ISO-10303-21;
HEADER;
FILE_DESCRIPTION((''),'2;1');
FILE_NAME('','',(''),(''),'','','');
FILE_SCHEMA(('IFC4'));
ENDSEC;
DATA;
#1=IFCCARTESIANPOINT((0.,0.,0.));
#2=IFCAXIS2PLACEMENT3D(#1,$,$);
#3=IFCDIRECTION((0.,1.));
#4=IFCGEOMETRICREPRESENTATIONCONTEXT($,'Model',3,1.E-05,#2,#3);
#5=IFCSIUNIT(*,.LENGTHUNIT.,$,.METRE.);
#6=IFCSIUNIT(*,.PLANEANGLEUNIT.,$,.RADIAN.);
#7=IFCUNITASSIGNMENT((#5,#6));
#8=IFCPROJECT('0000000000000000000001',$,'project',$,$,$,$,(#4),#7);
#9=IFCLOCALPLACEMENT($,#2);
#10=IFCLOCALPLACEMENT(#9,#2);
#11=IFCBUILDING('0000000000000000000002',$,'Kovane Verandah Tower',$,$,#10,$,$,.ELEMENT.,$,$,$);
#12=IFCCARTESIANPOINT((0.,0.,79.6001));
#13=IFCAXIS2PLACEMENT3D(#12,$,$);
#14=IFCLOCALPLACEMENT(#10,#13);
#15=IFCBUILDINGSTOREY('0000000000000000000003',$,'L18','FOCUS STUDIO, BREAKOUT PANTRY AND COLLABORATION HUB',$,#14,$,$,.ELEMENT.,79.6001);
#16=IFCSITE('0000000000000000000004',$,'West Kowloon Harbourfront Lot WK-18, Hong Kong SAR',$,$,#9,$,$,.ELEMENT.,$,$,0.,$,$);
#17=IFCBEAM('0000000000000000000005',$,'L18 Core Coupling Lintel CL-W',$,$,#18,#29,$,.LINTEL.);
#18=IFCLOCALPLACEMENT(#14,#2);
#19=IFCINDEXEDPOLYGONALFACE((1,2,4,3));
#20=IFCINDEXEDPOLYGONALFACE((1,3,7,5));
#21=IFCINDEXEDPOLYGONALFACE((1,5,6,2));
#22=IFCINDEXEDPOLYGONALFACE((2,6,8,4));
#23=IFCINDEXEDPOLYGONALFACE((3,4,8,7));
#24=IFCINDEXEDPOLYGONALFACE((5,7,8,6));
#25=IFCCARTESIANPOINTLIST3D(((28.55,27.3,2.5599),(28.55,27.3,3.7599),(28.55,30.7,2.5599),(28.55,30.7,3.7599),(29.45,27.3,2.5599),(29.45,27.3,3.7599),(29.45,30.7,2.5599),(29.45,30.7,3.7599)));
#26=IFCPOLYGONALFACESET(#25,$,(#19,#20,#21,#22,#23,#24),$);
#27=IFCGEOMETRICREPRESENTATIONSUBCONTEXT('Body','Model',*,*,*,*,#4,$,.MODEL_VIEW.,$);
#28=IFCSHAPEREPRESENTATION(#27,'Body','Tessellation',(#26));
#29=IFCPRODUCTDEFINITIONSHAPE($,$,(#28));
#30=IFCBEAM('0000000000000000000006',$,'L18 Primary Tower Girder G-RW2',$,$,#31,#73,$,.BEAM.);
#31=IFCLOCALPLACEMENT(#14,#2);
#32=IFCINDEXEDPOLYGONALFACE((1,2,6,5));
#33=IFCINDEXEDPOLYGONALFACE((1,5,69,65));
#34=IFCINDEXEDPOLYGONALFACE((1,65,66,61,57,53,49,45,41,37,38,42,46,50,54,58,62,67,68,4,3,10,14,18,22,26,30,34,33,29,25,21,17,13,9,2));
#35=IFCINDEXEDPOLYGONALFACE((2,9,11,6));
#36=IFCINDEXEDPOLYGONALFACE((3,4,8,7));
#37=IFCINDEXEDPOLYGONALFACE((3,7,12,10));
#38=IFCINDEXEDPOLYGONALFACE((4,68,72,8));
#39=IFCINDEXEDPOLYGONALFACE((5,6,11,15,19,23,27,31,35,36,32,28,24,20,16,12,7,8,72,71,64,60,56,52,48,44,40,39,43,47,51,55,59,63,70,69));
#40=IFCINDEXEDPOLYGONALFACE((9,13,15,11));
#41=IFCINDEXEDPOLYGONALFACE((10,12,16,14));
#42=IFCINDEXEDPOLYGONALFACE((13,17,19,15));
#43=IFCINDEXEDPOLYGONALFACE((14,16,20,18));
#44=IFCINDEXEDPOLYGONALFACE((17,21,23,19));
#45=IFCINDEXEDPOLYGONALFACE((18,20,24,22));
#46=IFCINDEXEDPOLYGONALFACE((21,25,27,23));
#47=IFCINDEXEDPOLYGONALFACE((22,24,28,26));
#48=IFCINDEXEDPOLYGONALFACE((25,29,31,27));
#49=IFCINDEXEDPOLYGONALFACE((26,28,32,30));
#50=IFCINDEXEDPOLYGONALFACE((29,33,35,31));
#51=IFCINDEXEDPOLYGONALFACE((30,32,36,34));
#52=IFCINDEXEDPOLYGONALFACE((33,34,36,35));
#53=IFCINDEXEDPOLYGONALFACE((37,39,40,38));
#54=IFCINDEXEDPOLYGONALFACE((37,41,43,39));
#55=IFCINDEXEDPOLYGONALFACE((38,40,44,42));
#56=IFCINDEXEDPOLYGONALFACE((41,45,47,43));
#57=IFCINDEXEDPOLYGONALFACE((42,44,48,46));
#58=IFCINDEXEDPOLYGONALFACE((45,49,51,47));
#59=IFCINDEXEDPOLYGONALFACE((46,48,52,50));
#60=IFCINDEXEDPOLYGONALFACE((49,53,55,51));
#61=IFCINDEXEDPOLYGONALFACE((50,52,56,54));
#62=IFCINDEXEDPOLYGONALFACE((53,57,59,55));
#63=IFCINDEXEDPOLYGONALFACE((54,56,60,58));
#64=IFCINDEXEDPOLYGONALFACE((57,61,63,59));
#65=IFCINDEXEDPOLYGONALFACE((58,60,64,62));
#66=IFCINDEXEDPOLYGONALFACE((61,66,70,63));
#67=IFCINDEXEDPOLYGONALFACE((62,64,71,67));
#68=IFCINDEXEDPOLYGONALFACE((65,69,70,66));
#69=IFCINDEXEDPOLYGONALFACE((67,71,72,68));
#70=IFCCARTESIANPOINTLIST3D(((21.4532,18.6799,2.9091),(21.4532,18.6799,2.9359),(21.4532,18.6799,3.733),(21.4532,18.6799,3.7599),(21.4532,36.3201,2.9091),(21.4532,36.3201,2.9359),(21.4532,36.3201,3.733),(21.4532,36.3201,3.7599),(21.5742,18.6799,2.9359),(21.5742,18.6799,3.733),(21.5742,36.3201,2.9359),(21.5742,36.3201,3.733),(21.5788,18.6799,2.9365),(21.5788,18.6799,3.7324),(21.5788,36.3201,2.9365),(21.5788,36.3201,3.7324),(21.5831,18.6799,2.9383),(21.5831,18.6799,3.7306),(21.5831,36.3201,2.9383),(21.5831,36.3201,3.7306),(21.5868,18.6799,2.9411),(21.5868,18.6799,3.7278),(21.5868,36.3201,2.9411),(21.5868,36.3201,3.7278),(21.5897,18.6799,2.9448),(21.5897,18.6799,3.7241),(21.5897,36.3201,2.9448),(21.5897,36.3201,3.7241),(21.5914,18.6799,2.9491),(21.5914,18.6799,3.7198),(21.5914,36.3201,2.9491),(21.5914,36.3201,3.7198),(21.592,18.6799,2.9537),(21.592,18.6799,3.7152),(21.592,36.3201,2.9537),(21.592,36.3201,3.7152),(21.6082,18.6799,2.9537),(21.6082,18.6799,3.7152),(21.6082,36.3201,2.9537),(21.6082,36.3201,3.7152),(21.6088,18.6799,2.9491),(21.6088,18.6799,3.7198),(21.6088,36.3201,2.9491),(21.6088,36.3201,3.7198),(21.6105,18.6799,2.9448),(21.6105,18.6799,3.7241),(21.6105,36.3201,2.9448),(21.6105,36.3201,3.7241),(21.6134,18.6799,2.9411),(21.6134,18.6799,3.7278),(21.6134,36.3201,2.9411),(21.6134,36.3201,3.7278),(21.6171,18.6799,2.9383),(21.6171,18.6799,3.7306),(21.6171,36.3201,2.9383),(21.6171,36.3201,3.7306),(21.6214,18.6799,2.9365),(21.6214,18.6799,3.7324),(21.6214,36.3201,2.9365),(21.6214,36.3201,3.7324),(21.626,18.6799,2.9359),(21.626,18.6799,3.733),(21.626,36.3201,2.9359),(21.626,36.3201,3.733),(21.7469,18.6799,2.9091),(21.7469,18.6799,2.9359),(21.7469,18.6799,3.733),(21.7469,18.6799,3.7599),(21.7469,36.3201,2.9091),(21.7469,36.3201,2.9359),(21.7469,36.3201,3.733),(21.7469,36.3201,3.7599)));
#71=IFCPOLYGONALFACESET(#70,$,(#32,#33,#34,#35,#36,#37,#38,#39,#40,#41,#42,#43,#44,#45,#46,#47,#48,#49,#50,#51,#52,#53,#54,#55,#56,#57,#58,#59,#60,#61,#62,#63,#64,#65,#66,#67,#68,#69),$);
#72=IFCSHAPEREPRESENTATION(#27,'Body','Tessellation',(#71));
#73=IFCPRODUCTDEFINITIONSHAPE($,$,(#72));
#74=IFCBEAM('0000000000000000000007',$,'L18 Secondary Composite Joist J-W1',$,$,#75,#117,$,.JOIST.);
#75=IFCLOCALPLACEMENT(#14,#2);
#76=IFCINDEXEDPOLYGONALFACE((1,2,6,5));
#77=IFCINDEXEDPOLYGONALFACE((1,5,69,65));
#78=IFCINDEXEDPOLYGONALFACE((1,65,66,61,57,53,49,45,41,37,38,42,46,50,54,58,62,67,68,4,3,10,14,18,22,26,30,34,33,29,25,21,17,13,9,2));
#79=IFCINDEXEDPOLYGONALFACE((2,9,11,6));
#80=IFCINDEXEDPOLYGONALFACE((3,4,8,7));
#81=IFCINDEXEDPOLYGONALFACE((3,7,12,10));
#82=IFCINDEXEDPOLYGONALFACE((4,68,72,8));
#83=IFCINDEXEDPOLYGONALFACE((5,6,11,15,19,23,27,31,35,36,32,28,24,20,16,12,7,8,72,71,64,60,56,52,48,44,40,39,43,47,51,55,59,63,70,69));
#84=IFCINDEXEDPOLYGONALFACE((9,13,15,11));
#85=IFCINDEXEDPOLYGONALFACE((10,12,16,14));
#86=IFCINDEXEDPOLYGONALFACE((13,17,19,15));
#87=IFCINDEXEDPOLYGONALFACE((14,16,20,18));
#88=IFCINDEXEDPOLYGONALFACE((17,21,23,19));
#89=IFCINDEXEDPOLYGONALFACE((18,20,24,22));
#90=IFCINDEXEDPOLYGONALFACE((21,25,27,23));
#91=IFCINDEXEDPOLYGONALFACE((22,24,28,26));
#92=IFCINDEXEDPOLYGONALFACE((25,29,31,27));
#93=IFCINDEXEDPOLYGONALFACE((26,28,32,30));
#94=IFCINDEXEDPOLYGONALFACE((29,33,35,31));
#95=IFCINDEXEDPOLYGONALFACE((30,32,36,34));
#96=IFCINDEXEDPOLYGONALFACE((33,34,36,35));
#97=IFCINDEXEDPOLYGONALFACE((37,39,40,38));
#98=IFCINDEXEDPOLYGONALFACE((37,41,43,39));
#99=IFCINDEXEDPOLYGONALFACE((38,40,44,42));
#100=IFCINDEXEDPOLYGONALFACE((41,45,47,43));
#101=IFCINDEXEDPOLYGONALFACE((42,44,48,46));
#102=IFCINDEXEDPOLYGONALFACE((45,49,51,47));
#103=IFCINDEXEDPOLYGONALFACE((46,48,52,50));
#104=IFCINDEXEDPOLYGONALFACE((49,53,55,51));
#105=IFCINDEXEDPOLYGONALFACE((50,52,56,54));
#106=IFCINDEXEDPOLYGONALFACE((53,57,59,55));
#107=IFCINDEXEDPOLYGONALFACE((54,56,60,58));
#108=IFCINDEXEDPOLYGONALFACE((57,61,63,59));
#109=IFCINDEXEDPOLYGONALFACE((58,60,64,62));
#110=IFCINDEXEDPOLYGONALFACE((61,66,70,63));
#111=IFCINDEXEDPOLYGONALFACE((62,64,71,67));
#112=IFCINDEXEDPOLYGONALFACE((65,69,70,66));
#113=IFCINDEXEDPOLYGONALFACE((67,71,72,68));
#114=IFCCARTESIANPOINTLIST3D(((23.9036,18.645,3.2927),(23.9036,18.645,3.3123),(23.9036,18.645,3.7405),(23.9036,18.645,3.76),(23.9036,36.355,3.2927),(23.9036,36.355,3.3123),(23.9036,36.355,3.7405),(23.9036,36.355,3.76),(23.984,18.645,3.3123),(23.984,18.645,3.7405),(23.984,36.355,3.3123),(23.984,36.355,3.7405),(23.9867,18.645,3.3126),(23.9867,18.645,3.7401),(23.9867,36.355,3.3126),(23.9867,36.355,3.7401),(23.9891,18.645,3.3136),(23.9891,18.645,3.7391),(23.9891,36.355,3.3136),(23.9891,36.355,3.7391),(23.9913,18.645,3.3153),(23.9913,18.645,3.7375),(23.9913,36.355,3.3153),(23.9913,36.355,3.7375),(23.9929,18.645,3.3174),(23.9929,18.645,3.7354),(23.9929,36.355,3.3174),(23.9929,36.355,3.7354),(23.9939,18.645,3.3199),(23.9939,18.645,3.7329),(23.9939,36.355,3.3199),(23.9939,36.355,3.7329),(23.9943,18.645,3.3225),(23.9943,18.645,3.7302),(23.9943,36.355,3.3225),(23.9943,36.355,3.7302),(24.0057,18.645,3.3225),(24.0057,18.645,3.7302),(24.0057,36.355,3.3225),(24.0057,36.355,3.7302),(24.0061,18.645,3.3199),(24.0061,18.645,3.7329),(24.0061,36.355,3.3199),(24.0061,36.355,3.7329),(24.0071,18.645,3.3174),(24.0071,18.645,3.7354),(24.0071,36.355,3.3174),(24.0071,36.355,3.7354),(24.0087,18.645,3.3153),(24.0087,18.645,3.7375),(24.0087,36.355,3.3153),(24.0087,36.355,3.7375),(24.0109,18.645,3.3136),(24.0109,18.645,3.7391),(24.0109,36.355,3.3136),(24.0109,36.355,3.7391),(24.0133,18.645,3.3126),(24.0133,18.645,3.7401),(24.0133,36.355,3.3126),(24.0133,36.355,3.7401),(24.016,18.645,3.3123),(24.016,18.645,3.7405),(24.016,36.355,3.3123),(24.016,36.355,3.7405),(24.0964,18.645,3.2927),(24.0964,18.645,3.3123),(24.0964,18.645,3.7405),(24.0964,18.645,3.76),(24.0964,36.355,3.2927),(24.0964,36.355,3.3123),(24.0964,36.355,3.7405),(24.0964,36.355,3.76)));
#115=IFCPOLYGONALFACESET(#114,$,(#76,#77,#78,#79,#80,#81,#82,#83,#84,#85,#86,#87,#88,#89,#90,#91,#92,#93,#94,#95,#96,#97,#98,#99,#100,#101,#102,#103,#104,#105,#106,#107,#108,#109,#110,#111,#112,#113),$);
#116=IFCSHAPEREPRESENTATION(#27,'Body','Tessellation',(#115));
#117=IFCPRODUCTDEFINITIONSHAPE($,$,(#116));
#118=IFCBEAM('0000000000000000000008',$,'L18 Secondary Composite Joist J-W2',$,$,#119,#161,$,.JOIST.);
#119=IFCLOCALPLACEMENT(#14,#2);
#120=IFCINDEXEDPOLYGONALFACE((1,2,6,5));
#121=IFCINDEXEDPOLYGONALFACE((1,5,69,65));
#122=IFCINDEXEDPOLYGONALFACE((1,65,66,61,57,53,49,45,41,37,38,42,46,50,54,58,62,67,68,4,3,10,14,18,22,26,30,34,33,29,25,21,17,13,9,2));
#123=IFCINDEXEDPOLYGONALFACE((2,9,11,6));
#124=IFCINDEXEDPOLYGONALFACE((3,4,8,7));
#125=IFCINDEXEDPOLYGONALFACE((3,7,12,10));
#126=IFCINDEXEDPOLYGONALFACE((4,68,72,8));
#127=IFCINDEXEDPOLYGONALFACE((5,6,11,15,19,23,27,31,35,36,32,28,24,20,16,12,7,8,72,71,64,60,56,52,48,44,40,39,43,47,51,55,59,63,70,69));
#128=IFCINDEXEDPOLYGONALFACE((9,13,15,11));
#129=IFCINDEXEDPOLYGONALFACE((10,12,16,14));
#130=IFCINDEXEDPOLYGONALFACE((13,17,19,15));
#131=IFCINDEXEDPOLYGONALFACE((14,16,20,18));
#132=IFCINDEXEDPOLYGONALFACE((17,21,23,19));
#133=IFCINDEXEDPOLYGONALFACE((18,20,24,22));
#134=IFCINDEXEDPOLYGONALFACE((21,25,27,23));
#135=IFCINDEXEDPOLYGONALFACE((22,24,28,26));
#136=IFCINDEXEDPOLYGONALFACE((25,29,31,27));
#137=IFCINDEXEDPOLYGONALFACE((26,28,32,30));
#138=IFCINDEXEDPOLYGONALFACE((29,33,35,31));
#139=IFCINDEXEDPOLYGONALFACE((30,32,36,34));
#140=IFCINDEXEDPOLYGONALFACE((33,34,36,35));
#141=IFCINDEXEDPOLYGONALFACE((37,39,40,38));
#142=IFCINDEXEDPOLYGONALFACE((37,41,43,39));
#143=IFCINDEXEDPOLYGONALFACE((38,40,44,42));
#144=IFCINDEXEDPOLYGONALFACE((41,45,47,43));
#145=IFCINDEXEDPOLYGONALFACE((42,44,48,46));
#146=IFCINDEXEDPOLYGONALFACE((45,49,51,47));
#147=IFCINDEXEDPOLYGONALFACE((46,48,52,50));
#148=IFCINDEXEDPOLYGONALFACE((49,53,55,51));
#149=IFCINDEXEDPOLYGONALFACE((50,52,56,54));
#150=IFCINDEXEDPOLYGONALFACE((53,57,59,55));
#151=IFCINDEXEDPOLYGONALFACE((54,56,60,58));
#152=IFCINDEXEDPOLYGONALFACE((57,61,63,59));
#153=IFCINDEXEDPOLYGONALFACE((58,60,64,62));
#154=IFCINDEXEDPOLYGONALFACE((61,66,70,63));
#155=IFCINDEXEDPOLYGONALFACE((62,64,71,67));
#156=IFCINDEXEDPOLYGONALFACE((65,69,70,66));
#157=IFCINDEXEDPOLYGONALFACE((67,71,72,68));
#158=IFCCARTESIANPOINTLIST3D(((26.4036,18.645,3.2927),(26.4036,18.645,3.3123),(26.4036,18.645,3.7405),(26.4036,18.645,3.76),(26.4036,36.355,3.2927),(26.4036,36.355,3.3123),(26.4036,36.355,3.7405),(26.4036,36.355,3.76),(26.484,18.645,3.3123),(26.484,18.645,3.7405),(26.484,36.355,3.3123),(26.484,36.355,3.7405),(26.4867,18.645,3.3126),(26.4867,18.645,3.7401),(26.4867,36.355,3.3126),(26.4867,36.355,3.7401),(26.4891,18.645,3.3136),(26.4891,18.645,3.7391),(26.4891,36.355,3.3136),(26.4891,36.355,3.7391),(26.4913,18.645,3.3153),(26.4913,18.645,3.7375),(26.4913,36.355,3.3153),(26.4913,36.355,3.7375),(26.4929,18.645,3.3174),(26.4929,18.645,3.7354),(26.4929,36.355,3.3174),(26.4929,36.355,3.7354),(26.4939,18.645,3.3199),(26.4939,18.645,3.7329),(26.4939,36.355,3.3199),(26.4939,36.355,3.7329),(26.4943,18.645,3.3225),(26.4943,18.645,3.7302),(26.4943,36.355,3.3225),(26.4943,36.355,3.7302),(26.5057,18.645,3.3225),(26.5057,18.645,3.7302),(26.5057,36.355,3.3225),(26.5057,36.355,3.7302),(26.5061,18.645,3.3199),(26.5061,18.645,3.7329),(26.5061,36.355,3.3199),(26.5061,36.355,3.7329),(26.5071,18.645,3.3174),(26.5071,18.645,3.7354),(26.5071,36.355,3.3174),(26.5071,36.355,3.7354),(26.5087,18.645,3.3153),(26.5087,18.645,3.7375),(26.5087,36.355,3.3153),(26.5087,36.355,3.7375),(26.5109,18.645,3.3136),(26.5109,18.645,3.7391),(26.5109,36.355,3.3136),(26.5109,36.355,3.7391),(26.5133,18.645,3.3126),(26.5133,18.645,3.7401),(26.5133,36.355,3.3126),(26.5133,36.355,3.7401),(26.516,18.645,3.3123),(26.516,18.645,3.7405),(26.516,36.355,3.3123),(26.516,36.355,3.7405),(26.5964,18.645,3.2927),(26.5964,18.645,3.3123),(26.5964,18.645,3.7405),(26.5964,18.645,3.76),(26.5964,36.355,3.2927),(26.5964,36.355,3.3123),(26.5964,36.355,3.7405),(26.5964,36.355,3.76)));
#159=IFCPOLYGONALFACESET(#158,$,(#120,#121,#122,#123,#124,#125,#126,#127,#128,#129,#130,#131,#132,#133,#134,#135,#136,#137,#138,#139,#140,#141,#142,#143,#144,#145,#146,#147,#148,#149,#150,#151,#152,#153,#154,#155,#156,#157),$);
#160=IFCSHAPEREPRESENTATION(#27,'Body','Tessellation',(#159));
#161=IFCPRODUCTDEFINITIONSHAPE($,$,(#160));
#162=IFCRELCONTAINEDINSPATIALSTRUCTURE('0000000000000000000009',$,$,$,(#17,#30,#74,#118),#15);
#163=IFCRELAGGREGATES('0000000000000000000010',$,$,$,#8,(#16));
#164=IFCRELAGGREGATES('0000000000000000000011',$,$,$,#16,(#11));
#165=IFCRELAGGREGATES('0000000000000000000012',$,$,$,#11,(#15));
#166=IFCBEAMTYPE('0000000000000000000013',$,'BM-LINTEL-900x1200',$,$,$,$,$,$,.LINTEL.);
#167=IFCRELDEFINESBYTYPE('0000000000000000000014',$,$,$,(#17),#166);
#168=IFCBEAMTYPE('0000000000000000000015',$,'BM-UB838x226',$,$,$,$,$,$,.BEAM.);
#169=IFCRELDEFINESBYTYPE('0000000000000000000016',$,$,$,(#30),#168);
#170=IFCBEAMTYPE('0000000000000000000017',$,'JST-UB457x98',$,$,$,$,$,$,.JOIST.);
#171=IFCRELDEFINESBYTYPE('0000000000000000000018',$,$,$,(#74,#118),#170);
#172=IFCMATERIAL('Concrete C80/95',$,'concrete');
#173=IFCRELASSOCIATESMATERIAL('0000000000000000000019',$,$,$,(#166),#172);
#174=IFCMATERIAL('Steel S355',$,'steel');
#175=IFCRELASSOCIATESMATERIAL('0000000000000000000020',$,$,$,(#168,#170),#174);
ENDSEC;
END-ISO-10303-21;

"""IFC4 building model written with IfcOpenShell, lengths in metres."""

from ifc_helpers import new_model, si_unit, direction, frame, origin, origin_2d, place, context, subcontext, project, spatial, rectangle, i_section, extrude, material, material_profile, profile_set, type_object, element, save


model = new_model("IFC4")

# Units and contexts
model_context = context("Model", 3, precision=1e-05, world=origin(), true_north=direction((0.0, 1.0)))
body_context = subcontext(model_context, "Body", "Model", "MODEL_VIEW")
ifc_project = project(units=[si_unit("LENGTHUNIT", "METRE"), si_unit("PLANEANGLEUNIT", "RADIAN")], contexts=[model_context])

# Site, building, storey
site_placement = place(None, origin())
site = spatial("IfcSite", under=ifc_project, at=site_placement, Name="West Kowloon Harbourfront Lot WK-18, Hong Kong SAR", CompositionType="ELEMENT", RefElevation=0.0)
building_placement = place(site_placement, origin())
building = spatial("IfcBuilding", under=site, at=building_placement, Name="Kovane Verandah Tower", CompositionType="ELEMENT")
storey_placement = place(building_placement, frame((0.0, 0.0, 79.6001)))
storey = spatial("IfcBuildingStorey", under=building, at=storey_placement, Name="L18", Description="FOCUS STUDIO, BREAKOUT PANTRY AND COLLABORATION HUB", CompositionType="ELEMENT", Elevation=79.6001)

# Beams
ifc_material_1 = material(Name="Concrete C80/95", Category="concrete")
ifc_material_profile_1 = material_profile(ifc_material_1, rectangle(XDim=0.8999, YDim=1.2, at=origin_2d()), Name="RCB900x1200")
ifc_profile_set_1 = profile_set([ifc_material_profile_1], Name="Concrete C80/95")
beam_type_1 = type_object("IfcBeamType", Name="BM-LINTEL-900x1200", PredefinedType="LINTEL", material=ifc_profile_set_1)
beam_1_placement = place(storey_placement, frame((29.0, 27.3, 3.1599), z_axis=(0.0, 1.0, 0.0), x_axis=(-1.0, 0.0, 0.0)))
element("IfcBeam", 1, at=beam_1_placement, inside=storey, type_object=beam_type_1, Name="L18 Core Coupling Lintel CL-W", PredefinedType="LINTEL", context=body_context, shape_type="SweptSolid", body=[
    extrude(rectangle(XDim=0.8999, YDim=1.2, at=origin_2d()), origin(), (0.0, 0.0, 1.0), 3.3999),
])
ifc_material_2 = material(Name="Steel S355", Category="steel")
ifc_material_profile_2 = material_profile(ifc_material_2, i_section(OverallWidth=0.2937, OverallDepth=0.8508, WebThickness=0.0161, FlangeThickness=0.0269, FilletRadius=0.0178, at=origin_2d()), Name="UB838x292x226")
ifc_profile_set_2 = profile_set([ifc_material_profile_2], Name="Steel S355")
beam_type_2 = type_object("IfcBeamType", Name="BM-UB838x226", PredefinedType="BEAM", material=ifc_profile_set_2)
beam_2_placement = place(storey_placement, frame((21.6001, 18.6799, 3.3345), z_axis=(0.0, 1.0, 0.0), x_axis=(-1.0, 0.0, 0.0)))
element("IfcBeam", 2, at=beam_2_placement, inside=storey, type_object=beam_type_2, Name="L18 Primary Tower Girder G-RW2", PredefinedType="BEAM", context=body_context, shape_type="SweptSolid", body=[
    extrude(i_section(OverallWidth=0.2937, OverallDepth=0.8508, WebThickness=0.0161, FlangeThickness=0.0269, FilletRadius=0.0178, at=origin_2d()), origin(), (0.0, 0.0, 1.0), 17.6401),
])
ifc_material_profile_3 = material_profile(ifc_material_2, i_section(OverallWidth=0.1929, OverallDepth=0.4673, WebThickness=0.0115, FlangeThickness=0.0195, FilletRadius=0.0103, at=origin_2d()), Name="UB457x191x98")
ifc_profile_set_3 = profile_set([ifc_material_profile_3], Name="Steel S355")
beam_type_3 = type_object("IfcBeamType", Name="JST-UB457x98", PredefinedType="JOIST", material=ifc_profile_set_3)
for number, where, z_axis, x_axis, name in (
    (3, (24.0, 18.645, 3.5264), (0.0, 1.0, 0.0), (-1.0, 0.0, 0.0), "L18 Secondary Composite Joist J-W1"),
    (4, (26.5, 18.645, 3.5264), (0.0, 1.0, 0.0), (-1.0, 0.0, 0.0), "L18 Secondary Composite Joist J-W2"),
):
    element("IfcBeam", number, at=place(storey_placement, frame(where, z_axis=z_axis, x_axis=x_axis)), inside=storey, type_object=beam_type_3, Name=name, PredefinedType="JOIST", context=body_context, shape_type="SweptSolid", body=[
        extrude(i_section(OverallWidth=0.1929, OverallDepth=0.4673, WebThickness=0.0115, FlangeThickness=0.0195, FilletRadius=0.0103, at=origin_2d()), origin(), (0.0, 0.0, 1.0), 17.71),
    ])

save(model, "model.ifc")
